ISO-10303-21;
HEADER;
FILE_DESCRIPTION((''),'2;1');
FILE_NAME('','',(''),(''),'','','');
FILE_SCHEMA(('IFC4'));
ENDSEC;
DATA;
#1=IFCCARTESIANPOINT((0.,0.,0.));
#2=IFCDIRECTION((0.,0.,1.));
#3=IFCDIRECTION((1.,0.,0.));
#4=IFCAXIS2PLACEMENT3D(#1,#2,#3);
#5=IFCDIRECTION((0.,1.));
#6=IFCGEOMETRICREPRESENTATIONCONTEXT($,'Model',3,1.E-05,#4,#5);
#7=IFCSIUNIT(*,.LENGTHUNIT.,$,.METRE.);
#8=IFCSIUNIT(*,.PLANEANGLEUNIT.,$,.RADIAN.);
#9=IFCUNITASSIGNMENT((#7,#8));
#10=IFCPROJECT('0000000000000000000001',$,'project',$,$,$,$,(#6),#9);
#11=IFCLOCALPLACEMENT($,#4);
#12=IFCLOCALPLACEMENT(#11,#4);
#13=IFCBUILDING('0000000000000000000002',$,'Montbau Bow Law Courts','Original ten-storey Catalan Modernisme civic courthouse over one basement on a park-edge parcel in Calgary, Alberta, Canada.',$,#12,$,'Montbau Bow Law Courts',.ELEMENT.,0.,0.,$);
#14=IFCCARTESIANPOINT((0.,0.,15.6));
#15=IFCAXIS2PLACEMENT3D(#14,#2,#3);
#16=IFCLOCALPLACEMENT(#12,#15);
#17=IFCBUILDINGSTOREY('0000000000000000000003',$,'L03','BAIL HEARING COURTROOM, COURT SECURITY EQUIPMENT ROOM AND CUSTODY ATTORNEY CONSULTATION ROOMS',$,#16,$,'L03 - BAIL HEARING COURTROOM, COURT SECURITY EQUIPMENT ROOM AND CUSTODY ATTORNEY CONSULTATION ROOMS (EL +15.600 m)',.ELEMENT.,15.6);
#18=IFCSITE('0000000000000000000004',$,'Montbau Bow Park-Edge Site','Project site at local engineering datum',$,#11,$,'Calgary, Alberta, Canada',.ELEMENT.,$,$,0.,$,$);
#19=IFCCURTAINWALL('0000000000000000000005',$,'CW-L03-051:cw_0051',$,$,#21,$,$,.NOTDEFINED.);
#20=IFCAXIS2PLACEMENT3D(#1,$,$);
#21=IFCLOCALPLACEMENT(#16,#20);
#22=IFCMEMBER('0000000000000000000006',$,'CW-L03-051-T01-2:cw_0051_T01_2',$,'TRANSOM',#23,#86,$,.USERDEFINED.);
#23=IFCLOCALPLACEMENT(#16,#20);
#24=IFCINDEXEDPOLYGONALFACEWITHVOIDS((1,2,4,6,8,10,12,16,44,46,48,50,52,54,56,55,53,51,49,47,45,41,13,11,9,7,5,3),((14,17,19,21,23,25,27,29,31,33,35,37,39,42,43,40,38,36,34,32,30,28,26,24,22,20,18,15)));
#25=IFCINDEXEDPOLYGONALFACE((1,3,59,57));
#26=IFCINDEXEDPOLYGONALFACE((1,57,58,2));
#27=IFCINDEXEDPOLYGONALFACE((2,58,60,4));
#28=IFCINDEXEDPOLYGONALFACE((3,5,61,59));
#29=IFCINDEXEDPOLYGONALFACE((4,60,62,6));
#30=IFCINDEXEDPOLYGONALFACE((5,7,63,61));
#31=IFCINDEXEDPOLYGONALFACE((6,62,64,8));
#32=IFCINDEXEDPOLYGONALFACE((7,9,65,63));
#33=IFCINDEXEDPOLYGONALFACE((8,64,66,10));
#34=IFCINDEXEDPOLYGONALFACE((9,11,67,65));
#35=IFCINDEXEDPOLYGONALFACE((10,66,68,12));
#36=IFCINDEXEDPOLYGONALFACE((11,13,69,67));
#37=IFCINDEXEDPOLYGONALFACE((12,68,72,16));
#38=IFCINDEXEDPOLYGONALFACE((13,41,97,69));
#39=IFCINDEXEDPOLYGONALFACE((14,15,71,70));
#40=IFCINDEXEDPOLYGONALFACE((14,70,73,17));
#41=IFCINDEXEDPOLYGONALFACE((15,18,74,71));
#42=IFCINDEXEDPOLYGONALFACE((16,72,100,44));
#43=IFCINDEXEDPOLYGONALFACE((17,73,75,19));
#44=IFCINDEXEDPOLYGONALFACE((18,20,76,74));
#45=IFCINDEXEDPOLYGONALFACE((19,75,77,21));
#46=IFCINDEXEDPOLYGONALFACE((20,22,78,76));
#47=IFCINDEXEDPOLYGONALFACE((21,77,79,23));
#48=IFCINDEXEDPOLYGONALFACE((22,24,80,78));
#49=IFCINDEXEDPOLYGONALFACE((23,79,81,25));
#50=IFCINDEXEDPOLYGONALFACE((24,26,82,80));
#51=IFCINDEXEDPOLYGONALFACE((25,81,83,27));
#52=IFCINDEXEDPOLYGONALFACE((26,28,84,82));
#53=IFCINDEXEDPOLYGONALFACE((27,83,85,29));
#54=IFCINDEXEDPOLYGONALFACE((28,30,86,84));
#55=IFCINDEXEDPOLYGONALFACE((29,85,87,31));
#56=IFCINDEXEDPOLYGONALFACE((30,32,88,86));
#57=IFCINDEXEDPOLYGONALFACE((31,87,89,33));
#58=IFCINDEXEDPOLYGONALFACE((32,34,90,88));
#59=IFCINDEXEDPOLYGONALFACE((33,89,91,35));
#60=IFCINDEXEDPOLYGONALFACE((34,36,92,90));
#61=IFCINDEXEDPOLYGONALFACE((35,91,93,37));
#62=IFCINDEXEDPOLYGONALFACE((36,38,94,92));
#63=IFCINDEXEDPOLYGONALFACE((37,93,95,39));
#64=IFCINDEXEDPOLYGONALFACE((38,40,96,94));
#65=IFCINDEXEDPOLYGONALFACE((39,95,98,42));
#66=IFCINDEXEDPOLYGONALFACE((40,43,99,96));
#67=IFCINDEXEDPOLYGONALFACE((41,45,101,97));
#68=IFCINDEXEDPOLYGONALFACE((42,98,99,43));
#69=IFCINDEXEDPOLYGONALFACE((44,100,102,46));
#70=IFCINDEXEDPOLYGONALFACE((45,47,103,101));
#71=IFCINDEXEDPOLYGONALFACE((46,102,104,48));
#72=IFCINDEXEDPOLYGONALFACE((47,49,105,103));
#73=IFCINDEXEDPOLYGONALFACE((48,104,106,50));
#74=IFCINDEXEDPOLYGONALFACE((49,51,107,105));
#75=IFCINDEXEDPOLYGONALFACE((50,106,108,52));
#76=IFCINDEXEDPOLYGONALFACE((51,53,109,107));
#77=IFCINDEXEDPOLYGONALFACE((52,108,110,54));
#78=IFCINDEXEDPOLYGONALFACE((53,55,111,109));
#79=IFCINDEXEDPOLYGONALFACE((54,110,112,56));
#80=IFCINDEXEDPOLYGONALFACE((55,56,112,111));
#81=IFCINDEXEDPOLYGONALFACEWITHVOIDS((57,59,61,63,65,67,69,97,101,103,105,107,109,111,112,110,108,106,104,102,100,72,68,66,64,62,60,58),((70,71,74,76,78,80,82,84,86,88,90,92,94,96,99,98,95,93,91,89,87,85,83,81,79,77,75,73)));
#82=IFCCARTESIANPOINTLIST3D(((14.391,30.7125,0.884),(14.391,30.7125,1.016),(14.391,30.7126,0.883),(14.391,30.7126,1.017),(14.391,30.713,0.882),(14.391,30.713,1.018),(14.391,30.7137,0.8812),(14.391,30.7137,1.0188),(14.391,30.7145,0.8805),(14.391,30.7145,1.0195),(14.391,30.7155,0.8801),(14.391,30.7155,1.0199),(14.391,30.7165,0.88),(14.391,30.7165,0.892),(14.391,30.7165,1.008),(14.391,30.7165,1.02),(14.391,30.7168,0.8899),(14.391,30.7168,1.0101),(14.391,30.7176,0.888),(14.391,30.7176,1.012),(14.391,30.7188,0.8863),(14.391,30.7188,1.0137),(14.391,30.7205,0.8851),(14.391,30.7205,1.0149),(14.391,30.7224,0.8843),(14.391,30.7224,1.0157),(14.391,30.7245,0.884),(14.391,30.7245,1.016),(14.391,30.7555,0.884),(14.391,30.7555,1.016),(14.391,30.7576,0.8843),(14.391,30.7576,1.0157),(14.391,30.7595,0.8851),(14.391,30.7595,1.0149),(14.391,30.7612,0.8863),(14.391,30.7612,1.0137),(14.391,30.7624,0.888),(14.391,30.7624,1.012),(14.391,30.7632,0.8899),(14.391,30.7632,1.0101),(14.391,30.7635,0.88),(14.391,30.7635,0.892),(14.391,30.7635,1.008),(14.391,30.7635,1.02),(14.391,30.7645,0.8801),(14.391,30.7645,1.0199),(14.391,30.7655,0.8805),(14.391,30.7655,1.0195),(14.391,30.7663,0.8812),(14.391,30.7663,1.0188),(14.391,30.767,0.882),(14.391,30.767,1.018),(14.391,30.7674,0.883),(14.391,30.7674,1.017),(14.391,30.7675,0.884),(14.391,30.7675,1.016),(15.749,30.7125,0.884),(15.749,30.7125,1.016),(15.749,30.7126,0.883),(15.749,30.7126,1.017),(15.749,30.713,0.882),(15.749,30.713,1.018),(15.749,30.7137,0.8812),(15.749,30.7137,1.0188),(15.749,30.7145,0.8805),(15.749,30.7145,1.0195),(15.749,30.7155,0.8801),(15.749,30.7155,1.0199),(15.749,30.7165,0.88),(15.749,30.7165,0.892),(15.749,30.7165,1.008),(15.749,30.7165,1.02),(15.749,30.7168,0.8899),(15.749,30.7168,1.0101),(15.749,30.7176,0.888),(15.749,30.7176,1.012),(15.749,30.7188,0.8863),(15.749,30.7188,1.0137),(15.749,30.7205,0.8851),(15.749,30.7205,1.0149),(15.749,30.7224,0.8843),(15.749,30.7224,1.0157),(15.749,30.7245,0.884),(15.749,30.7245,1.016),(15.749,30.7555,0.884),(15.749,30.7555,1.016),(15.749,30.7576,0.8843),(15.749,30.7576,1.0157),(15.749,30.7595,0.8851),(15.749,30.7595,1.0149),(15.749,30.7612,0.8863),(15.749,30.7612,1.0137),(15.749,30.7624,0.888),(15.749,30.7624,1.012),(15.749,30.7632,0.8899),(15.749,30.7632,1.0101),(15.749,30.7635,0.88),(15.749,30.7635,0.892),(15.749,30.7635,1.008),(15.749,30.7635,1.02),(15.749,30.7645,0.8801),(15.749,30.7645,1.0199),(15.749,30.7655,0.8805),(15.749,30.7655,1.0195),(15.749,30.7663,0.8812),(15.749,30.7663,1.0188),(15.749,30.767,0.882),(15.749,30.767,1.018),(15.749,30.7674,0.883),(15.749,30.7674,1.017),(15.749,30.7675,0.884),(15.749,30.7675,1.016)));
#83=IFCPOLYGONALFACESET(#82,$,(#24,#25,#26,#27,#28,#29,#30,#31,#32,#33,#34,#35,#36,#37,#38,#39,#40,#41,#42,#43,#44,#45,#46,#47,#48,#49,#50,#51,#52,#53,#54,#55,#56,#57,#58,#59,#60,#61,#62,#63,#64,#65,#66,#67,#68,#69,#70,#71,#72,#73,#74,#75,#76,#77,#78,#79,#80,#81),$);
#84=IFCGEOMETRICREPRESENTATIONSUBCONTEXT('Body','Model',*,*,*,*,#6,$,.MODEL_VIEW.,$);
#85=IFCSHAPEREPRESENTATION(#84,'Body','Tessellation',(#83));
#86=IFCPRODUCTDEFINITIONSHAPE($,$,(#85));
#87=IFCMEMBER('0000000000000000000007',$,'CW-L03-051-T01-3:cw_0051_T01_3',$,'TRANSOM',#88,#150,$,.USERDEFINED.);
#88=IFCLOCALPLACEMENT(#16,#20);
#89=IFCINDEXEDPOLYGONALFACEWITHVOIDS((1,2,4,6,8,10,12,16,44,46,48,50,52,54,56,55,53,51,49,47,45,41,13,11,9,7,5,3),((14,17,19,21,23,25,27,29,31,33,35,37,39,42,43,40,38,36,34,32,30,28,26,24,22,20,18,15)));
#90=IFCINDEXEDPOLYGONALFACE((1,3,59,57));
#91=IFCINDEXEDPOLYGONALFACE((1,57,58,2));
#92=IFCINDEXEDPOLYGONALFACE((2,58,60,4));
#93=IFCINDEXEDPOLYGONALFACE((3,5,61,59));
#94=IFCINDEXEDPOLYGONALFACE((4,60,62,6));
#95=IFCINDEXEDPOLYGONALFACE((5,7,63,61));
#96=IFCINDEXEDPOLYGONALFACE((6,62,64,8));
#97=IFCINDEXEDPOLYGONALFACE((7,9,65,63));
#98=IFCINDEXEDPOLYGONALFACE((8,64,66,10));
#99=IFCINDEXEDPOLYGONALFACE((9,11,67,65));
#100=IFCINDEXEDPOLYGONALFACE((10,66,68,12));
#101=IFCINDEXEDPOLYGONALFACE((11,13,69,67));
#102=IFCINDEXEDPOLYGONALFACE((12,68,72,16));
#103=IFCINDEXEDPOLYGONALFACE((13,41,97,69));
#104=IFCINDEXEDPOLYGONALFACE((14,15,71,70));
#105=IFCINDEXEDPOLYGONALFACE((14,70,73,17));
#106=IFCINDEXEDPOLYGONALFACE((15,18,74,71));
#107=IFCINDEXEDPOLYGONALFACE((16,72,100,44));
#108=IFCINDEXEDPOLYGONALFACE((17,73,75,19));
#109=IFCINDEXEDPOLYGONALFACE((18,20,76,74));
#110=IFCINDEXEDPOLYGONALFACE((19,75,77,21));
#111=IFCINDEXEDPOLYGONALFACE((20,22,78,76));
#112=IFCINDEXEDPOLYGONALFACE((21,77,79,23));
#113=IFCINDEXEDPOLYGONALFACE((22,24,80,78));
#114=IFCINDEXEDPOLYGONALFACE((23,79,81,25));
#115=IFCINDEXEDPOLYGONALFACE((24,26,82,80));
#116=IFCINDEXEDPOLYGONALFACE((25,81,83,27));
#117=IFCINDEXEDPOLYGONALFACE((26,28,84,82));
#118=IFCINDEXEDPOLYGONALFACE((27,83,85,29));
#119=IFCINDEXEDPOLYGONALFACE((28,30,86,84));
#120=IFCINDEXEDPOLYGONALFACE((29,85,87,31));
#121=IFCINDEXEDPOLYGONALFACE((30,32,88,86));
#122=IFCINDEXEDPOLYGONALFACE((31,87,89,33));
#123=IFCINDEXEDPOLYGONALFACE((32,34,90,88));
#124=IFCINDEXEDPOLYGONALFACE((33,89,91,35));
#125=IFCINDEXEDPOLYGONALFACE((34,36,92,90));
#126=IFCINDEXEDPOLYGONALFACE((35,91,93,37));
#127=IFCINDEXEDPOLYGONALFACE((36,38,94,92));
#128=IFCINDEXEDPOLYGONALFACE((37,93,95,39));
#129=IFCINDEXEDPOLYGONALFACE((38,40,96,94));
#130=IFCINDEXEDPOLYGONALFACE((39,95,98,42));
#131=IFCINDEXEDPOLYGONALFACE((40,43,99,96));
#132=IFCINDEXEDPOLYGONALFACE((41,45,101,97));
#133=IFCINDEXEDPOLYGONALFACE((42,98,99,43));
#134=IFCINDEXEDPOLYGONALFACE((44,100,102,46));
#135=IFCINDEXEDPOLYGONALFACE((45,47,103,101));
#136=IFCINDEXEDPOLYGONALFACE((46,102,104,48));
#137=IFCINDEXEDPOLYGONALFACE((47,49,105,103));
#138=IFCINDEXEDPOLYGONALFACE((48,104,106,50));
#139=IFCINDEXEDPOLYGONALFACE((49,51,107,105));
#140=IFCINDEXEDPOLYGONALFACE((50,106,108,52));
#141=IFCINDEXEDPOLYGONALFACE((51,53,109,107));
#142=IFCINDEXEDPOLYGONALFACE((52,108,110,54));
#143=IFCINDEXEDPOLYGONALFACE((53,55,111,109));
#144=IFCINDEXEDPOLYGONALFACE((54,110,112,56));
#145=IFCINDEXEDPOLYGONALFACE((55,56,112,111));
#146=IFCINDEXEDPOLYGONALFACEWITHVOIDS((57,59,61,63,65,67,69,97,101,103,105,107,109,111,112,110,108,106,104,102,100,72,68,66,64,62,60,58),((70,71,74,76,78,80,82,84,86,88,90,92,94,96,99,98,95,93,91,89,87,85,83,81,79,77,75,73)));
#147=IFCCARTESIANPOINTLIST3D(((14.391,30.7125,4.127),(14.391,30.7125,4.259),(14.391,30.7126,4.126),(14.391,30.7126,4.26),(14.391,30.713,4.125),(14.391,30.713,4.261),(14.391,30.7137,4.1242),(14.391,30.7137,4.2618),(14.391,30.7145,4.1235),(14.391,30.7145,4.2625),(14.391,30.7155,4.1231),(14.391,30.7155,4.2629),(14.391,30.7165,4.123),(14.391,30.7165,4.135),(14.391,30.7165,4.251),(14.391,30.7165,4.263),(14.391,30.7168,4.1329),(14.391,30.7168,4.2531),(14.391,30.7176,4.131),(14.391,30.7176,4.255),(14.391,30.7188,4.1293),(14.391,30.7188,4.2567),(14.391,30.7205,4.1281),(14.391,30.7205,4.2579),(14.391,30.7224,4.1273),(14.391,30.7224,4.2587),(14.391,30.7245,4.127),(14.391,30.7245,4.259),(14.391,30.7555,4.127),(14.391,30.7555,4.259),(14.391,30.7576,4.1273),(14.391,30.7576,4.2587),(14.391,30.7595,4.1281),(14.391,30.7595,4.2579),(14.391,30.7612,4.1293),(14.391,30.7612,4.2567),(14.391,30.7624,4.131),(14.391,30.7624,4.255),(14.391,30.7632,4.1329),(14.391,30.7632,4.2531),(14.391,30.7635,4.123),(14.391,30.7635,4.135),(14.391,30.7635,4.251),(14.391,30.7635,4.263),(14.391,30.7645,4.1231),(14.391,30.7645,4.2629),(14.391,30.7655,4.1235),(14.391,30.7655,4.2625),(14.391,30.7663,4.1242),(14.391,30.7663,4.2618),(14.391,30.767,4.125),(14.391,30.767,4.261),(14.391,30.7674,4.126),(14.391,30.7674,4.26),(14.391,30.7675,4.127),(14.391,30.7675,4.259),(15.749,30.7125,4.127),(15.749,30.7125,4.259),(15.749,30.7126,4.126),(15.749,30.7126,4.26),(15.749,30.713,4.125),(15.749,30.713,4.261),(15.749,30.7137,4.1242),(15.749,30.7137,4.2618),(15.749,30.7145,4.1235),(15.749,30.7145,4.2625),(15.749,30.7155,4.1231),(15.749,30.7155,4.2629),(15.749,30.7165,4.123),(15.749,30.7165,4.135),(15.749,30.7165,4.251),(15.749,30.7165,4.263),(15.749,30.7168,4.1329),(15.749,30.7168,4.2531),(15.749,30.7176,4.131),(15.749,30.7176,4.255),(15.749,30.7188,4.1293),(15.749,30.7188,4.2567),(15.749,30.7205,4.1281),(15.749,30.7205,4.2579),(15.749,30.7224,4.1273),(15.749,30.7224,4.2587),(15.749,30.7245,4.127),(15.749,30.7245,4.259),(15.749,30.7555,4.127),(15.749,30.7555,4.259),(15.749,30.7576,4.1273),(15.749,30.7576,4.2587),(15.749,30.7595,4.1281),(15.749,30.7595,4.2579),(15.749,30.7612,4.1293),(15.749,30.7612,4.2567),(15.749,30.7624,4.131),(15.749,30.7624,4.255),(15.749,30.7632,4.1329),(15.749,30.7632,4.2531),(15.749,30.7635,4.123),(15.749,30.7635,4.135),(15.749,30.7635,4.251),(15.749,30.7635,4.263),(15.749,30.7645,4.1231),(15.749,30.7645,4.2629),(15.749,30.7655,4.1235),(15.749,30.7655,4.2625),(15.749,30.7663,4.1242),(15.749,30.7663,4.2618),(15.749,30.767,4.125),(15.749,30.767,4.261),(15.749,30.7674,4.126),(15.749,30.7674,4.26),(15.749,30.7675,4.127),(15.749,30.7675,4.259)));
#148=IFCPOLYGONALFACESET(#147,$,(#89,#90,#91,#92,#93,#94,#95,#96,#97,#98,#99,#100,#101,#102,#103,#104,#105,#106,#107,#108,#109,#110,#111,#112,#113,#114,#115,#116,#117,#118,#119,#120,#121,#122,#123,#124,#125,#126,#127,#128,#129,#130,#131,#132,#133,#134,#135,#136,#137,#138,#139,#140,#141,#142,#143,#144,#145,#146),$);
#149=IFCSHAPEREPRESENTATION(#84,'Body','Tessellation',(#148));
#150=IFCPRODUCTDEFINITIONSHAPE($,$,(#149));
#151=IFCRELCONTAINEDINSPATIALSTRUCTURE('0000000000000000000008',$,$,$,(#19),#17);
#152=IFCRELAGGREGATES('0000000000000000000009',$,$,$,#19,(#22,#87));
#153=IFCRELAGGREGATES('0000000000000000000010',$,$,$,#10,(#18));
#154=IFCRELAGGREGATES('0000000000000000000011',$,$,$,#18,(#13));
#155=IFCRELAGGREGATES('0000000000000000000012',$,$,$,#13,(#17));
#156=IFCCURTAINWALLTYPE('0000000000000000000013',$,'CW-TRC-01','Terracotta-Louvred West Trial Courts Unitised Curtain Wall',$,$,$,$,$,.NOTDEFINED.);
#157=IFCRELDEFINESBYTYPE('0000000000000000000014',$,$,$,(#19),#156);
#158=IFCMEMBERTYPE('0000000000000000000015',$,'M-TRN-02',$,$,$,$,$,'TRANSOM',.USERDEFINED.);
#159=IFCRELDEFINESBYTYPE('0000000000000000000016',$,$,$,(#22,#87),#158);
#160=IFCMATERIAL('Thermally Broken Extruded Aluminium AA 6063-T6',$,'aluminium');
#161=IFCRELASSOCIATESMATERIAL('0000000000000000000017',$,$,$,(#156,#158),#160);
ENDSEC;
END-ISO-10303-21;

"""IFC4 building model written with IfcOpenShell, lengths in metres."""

from ifc_helpers import new_model, si_unit, direction, frame, origin_with_axes, origin_2d_with_axis, place, context, subcontext, project, spatial, hollow_rectangle, extrude, material, material_profile, profile_set, type_object, element, aggregate, save


model = new_model("IFC4")

# Units and contexts
model_context = context("Model", 3, precision=1e-05, world=origin_with_axes(), true_north=direction((0.0, 1.0)))
body_context = subcontext(model_context, "Body", "Model", "MODEL_VIEW")
ifc_project = project(units=[si_unit("LENGTHUNIT", "METRE"), si_unit("PLANEANGLEUNIT", "RADIAN")], contexts=[model_context])

# Site, building, storey
site_placement = place(None, origin_with_axes())
site = spatial("IfcSite", under=ifc_project, at=site_placement, Name="Montbau Bow Park-Edge Site", Description="Project site at local engineering datum", LongName="Calgary, Alberta, Canada", CompositionType="ELEMENT", RefElevation=0.0)
building_placement = place(site_placement, origin_with_axes())
building = spatial("IfcBuilding", under=site, at=building_placement, Name="Montbau Bow Law Courts", Description="Original ten-storey Catalan Modernisme civic courthouse over one basement on a park-edge parcel in Calgary, Alberta, Canada.", LongName="Montbau Bow Law Courts", CompositionType="ELEMENT", ElevationOfRefHeight=0.0, ElevationOfTerrain=0.0)
storey_placement = place(building_placement, frame((0.0, 0.0, 15.6), z_axis=(0.0, 0.0, 1.0), x_axis=(1.0, 0.0, 0.0)))
storey = spatial("IfcBuildingStorey", under=building, at=storey_placement, Name="L03", Description="BAIL HEARING COURTROOM, COURT SECURITY EQUIPMENT ROOM AND CUSTODY ATTORNEY CONSULTATION ROOMS", LongName="L03 - BAIL HEARING COURTROOM, COURT SECURITY EQUIPMENT ROOM AND CUSTODY ATTORNEY CONSULTATION ROOMS (EL +15.600 m)", CompositionType="ELEMENT", Elevation=15.6)

# Curtain wall
ifc_material_1 = material(Name="Thermally Broken Extruded Aluminium AA 6063-T6", Category="aluminium")
curtain_wall_type = type_object("IfcCurtainWallType", Name="CW-TRC-01", Description="Terracotta-Louvred West Trial Courts Unitised Curtain Wall", PredefinedType="NOTDEFINED", material=ifc_material_1)
curtain_wall_1_placement = place(None, frame((14.315, 30.74, 15.6), z_axis=(0.0, 0.0, 1.0), x_axis=(1.0, 0.0, 0.0)))
curtain_wall_1 = element("IfcCurtainWall", 1, at=curtain_wall_1_placement, inside=storey, type_object=curtain_wall_type, Name="CW-L03-051:cw_0051", PredefinedType="NOTDEFINED")

# Members
ifc_material_profile_1 = material_profile(ifc_material_1, hollow_rectangle(XDim=0.055, YDim=0.14, WallThickness=0.004, InnerFilletRadius=0.008, OuterFilletRadius=0.004, at=origin_2d_with_axis()), Name="CWT-140X55", Category="Main", Priority=0)
ifc_profile_set_1 = profile_set([ifc_material_profile_1], Name="Thermally Broken Extruded Aluminium AA 6063-T6")
member_type_1 = type_object("IfcMemberType", Name="M-TRN-02", ElementType="TRANSOM", PredefinedType="USERDEFINED", material=ifc_profile_set_1)
member_1_placement = place(None, frame((14.391, 30.74, 16.55), z_axis=(1.0, 0.0, 0.0), x_axis=(0.0, 1.0, 0.0)))
member_1 = element("IfcMember", 2, at=member_1_placement, type_object=member_type_1, Name="CW-L03-051-T01-2:cw_0051_T01_2", ObjectType="TRANSOM", PredefinedType="USERDEFINED", context=body_context, shape_type="SweptSolid", body=[
    extrude(hollow_rectangle(XDim=0.055, YDim=0.14, WallThickness=0.004, InnerFilletRadius=0.008, OuterFilletRadius=0.004, at=origin_2d_with_axis()), origin_with_axes(), (0.0, 0.0, 1.0), 1.358),
])
member_2_placement = place(None, frame((14.391, 30.74, 19.793), z_axis=(1.0, 0.0, 0.0), x_axis=(0.0, 1.0, 0.0)))
member_2 = element("IfcMember", 3, at=member_2_placement, type_object=member_type_1, Name="CW-L03-051-T01-3:cw_0051_T01_3", ObjectType="TRANSOM", PredefinedType="USERDEFINED", context=body_context, shape_type="SweptSolid", body=[
    extrude(hollow_rectangle(XDim=0.055, YDim=0.14, WallThickness=0.004, InnerFilletRadius=0.008, OuterFilletRadius=0.004, at=origin_2d_with_axis()), origin_with_axes(), (0.0, 0.0, 1.0), 1.358),
])

aggregate(curtain_wall_1, [member_1, member_2])

save(model, "model.ifc")
